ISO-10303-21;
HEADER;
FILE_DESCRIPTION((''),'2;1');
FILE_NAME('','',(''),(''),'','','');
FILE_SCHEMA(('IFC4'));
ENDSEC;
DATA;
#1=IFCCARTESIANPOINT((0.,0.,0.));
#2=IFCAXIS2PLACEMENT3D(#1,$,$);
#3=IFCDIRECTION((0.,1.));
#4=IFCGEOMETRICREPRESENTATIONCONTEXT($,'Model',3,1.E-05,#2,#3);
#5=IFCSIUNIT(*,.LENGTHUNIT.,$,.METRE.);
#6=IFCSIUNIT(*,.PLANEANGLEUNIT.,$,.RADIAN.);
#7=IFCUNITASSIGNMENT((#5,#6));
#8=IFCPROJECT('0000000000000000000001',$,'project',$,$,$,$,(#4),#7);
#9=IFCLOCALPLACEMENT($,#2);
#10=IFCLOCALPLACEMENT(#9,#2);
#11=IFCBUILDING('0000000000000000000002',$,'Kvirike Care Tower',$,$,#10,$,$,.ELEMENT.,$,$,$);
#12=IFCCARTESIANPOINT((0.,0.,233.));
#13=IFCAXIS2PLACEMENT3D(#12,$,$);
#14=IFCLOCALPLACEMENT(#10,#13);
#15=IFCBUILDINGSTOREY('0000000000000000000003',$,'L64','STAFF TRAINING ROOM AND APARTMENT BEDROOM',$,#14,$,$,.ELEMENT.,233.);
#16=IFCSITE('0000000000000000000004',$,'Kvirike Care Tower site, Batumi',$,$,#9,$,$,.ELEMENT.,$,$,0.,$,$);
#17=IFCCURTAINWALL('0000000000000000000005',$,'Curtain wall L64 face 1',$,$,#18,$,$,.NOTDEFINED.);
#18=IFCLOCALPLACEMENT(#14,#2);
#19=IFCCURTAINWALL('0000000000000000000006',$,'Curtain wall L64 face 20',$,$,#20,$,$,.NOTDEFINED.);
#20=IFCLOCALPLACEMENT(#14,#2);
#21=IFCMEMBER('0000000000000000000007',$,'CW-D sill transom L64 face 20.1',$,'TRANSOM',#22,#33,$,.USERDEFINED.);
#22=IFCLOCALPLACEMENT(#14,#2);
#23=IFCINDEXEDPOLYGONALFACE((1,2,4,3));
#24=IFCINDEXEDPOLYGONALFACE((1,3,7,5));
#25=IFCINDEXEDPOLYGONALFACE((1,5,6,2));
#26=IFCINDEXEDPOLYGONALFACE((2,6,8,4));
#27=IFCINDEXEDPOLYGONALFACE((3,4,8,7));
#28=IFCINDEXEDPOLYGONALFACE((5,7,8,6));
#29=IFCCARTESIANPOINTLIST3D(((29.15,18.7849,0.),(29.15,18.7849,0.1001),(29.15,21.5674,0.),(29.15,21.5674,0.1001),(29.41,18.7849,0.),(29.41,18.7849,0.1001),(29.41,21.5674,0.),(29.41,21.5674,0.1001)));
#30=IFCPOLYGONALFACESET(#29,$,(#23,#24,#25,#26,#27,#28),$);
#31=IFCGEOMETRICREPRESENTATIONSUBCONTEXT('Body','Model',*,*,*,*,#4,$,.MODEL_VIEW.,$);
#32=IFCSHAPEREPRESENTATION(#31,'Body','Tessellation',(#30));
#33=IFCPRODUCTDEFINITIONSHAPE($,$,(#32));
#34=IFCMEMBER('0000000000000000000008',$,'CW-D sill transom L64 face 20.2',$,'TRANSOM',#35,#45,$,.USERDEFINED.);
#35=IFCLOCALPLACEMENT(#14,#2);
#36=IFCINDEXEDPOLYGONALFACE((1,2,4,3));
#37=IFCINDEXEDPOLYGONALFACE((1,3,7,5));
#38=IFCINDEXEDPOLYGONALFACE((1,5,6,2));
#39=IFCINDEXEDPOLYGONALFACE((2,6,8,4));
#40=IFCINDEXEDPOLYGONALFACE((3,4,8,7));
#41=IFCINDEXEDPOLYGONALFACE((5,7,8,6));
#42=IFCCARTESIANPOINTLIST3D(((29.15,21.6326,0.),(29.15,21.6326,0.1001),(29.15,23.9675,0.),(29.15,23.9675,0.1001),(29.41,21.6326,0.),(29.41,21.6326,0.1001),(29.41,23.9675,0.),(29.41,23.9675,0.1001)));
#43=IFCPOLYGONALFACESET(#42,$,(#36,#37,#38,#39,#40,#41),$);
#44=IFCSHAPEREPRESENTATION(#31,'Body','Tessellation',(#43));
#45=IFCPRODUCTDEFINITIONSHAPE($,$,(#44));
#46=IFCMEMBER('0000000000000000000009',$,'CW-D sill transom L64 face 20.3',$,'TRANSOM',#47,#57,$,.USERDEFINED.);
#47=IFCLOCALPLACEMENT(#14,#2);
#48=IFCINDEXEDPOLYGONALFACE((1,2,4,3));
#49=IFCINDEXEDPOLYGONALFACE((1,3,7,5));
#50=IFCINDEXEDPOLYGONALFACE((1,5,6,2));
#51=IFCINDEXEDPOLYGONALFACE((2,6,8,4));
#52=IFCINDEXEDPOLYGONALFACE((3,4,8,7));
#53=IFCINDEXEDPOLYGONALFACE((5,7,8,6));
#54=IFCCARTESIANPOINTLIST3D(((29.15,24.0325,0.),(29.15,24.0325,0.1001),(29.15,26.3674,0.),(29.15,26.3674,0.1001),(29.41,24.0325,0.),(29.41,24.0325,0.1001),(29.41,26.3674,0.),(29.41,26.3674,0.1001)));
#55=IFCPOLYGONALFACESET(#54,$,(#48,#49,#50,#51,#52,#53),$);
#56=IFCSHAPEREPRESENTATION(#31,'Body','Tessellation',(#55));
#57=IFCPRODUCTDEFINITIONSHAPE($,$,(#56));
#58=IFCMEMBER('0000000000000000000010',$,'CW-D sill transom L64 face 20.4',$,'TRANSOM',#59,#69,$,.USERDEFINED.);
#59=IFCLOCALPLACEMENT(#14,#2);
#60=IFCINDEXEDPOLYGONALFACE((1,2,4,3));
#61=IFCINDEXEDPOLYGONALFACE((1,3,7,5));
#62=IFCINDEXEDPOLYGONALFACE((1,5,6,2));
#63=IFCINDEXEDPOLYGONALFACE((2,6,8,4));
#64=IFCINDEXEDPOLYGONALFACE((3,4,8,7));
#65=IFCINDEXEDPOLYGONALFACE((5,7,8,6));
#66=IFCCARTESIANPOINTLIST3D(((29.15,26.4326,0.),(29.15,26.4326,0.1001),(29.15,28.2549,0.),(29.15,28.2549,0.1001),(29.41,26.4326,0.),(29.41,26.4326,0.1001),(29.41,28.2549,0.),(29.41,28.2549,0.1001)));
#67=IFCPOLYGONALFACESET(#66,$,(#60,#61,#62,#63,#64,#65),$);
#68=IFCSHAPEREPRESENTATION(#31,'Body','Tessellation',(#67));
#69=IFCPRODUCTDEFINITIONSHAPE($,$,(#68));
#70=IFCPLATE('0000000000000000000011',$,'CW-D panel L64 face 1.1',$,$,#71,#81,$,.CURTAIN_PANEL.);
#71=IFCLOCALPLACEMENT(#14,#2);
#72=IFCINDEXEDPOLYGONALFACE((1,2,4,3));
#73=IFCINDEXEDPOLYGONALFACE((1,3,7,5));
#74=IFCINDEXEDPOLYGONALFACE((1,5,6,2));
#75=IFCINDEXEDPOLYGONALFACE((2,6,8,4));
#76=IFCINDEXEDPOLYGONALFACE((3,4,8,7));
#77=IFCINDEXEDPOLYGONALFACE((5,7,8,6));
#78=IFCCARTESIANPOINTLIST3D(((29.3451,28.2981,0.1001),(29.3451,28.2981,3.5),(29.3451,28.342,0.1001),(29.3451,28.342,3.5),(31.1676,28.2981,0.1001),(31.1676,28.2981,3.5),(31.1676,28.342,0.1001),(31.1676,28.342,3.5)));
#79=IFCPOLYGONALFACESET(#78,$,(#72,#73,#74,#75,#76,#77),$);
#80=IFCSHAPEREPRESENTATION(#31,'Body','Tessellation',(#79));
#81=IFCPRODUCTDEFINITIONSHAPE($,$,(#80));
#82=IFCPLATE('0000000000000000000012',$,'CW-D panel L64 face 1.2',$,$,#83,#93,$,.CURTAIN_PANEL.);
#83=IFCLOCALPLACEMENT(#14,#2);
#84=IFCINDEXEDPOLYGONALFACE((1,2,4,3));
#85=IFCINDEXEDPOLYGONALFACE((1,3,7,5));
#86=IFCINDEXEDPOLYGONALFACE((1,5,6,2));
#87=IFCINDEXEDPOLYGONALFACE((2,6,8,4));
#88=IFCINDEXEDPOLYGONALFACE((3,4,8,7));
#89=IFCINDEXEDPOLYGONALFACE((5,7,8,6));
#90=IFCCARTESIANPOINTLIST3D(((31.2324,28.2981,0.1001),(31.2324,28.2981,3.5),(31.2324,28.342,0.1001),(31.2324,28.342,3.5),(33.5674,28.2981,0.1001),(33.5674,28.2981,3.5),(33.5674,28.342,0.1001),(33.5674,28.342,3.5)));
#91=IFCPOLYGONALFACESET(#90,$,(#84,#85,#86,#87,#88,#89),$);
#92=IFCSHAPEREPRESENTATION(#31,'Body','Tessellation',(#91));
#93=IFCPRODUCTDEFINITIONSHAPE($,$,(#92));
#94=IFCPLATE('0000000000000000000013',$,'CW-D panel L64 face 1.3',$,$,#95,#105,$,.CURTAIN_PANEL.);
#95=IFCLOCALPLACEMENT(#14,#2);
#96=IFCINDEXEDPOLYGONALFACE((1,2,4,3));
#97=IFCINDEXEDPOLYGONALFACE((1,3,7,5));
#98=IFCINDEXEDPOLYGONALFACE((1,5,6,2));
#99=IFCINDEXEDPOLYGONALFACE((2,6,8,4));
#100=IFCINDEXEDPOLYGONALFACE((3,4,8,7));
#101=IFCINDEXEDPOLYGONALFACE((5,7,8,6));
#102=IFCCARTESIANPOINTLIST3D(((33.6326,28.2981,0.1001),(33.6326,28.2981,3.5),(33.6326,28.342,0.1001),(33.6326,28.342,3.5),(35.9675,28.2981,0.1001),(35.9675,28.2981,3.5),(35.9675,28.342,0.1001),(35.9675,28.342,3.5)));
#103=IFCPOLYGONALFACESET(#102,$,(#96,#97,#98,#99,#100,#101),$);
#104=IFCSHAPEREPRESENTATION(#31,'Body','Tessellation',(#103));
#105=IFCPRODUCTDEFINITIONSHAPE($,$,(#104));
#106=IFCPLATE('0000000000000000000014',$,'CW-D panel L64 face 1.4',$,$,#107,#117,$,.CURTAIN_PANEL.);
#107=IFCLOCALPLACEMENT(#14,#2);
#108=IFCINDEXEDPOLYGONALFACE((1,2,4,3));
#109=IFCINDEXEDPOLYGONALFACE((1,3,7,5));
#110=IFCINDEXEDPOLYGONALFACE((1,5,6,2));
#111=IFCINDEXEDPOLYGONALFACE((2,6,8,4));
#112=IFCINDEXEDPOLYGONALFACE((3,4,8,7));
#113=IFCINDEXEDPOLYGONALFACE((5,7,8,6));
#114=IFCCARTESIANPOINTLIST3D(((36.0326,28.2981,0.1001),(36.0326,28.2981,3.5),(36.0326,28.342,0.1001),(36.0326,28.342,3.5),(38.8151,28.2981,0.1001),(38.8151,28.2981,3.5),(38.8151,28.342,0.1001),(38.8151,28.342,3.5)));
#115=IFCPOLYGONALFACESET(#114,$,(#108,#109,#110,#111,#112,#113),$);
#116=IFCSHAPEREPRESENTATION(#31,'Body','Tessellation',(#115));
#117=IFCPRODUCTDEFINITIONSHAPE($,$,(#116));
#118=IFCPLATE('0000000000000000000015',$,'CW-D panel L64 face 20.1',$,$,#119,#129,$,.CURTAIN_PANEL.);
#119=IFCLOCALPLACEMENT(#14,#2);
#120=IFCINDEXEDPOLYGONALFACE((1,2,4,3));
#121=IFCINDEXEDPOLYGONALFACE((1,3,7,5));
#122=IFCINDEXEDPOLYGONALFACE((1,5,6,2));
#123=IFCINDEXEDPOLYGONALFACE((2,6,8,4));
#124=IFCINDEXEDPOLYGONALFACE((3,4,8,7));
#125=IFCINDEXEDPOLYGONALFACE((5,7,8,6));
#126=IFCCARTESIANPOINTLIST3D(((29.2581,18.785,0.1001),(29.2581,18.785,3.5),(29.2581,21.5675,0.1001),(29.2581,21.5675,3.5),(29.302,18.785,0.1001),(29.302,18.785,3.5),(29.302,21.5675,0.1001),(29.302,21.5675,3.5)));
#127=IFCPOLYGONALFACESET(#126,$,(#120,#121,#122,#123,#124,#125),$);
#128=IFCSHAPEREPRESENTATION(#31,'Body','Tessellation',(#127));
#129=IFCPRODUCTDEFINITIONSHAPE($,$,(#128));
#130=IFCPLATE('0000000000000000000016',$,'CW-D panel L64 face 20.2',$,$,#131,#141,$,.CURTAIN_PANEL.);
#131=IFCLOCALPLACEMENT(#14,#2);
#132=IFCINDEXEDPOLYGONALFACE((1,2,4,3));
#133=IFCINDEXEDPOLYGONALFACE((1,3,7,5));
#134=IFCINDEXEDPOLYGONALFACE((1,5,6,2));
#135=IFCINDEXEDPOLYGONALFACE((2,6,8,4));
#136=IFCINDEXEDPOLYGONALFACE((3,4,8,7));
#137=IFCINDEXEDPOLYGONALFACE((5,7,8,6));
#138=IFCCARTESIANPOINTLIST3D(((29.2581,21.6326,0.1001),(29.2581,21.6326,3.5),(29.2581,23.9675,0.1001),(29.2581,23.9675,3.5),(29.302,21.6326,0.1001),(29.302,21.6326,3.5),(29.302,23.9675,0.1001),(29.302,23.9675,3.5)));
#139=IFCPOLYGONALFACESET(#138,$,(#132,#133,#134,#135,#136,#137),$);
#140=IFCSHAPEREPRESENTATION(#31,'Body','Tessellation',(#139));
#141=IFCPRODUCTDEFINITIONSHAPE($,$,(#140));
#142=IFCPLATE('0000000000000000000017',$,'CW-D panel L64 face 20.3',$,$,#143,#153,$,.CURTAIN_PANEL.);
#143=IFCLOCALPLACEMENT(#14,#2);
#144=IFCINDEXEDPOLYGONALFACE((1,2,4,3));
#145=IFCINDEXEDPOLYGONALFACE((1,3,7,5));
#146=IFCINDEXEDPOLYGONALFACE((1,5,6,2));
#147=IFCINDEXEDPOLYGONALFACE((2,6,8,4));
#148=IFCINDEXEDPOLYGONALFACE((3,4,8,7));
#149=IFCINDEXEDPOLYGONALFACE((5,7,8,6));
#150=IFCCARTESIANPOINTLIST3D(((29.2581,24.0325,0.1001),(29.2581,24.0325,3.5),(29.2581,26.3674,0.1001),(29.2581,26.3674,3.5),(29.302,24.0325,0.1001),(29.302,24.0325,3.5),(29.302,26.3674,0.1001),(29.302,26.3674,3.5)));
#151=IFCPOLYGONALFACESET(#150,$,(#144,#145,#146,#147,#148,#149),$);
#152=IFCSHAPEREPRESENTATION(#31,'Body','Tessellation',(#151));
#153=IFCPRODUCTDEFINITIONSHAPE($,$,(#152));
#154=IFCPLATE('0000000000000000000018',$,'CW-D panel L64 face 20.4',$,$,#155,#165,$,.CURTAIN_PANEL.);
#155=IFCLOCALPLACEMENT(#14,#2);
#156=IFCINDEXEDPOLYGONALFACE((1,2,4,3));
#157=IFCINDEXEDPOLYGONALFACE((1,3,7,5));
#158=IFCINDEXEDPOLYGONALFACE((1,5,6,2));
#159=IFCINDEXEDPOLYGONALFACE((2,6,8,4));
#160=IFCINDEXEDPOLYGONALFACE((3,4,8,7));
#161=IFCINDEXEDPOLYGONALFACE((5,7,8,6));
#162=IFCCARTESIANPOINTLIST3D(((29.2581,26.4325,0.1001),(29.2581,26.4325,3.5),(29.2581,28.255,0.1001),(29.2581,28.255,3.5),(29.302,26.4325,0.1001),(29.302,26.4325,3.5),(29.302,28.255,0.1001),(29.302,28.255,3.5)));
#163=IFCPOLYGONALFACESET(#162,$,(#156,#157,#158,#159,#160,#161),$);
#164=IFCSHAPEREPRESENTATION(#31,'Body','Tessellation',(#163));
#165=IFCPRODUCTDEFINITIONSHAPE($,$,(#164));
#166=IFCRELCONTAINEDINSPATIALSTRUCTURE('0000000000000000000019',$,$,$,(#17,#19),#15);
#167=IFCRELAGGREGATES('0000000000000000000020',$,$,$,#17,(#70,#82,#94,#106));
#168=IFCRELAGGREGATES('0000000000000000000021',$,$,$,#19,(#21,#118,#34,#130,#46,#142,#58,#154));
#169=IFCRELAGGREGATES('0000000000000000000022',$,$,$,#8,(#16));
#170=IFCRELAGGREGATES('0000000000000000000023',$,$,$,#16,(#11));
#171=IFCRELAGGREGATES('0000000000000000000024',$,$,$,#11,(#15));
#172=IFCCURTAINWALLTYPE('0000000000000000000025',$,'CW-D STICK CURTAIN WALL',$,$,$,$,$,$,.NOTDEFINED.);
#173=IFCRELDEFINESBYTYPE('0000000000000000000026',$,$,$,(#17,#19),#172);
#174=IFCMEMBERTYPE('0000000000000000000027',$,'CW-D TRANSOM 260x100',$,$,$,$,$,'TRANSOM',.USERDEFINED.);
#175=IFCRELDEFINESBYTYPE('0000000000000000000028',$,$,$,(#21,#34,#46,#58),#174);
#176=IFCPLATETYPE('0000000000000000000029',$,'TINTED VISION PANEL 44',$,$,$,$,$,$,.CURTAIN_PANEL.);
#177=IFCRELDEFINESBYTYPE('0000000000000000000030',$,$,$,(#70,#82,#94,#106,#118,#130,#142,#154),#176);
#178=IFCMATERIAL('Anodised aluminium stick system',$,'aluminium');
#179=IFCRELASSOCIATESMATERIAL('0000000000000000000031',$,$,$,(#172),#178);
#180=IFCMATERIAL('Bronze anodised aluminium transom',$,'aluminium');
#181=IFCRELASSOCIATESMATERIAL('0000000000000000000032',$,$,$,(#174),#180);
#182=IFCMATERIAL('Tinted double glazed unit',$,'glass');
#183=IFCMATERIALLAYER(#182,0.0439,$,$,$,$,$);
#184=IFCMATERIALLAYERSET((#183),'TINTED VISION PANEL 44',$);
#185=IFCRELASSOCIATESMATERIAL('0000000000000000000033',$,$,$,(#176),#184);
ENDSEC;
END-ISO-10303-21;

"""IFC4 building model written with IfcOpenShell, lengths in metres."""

from ifc_helpers import new_model, si_unit, direction, frame, origin, origin_2d, place, context, subcontext, project, spatial, rectangle, extrude, material, layer, layer_set, material_profile, profile_set, type_object, element, aggregate, save


model = new_model("IFC4")

# Units and contexts
model_context = context("Model", 3, precision=1e-05, world=origin(), true_north=direction((0.0, 1.0)))
body_context = subcontext(model_context, "Body", "Model", "MODEL_VIEW")
ifc_project = project(units=[si_unit("LENGTHUNIT", "METRE"), si_unit("PLANEANGLEUNIT", "RADIAN")], contexts=[model_context])

# Site, building, storey
site_placement = place(None, origin())
site = spatial("IfcSite", under=ifc_project, at=site_placement, Name="Kvirike Care Tower site, Batumi", CompositionType="ELEMENT", RefElevation=0.0)
building_placement = place(site_placement, origin())
building = spatial("IfcBuilding", under=site, at=building_placement, Name="Kvirike Care Tower", CompositionType="ELEMENT")
storey_placement = place(building_placement, frame((0.0, 0.0, 233.0)))
storey = spatial("IfcBuildingStorey", under=building, at=storey_placement, Name="L64", Description="STAFF TRAINING ROOM AND APARTMENT BEDROOM", CompositionType="ELEMENT", Elevation=233.0)

# Curtain walls
ifc_material_1 = material(Name="Anodised aluminium stick system", Category="aluminium")
curtain_wall_type = type_object("IfcCurtainWallType", Name="CW-D STICK CURTAIN WALL", PredefinedType="NOTDEFINED", material=ifc_material_1)
curtain_wall_1_placement = place(storey_placement, origin())
curtain_wall_1 = element("IfcCurtainWall", 1, at=curtain_wall_1_placement, inside=storey, type_object=curtain_wall_type, Name="Curtain wall L64 face 1", PredefinedType="NOTDEFINED")
curtain_wall_2_placement = place(storey_placement, origin())
curtain_wall_2 = element("IfcCurtainWall", 2, at=curtain_wall_2_placement, inside=storey, type_object=curtain_wall_type, Name="Curtain wall L64 face 20", PredefinedType="NOTDEFINED")

# Members
ifc_material_2 = material(Name="Bronze anodised aluminium transom", Category="aluminium")
ifc_material_profile_1 = material_profile(ifc_material_2, rectangle(XDim=0.26, YDim=0.1001, at=origin_2d()), Name="CW-D TRANSOM 260x100")
ifc_profile_set_1 = profile_set([ifc_material_profile_1], Name="Bronze anodised aluminium transom")
member_type_1 = type_object("IfcMemberType", Name="CW-D TRANSOM 260x100", ElementType="TRANSOM", PredefinedType="USERDEFINED", material=ifc_profile_set_1)
member_1_placement = place(storey_placement, frame((29.28, 18.7849, 0.05), z_axis=(0.0, 1.0, 0.0), x_axis=(-1.0, 0.0, 0.0)))
member_1 = element("IfcMember", 3, at=member_1_placement, type_object=member_type_1, Name="CW-D sill transom L64 face 20.1", ObjectType="TRANSOM", PredefinedType="USERDEFINED", context=body_context, shape_type="SweptSolid", body=[
    extrude(rectangle(XDim=0.26, YDim=0.1001, at=origin_2d()), origin(), (0.0, 0.0, 1.0), 2.7825),
])
member_2_placement = place(storey_placement, frame((29.28, 21.6326, 0.05), z_axis=(0.0, 1.0, 0.0), x_axis=(-1.0, 0.0, 0.0)))
member_2 = element("IfcMember", 4, at=member_2_placement, type_object=member_type_1, Name="CW-D sill transom L64 face 20.2", ObjectType="TRANSOM", PredefinedType="USERDEFINED", context=body_context, shape_type="SweptSolid", body=[
    extrude(rectangle(XDim=0.26, YDim=0.1001, at=origin_2d()), origin(), (0.0, 0.0, 1.0), 2.335),
])
member_3_placement = place(storey_placement, frame((29.28, 24.0325, 0.05), z_axis=(0.0, 1.0, 0.0), x_axis=(-1.0, 0.0, 0.0)))
member_3 = element("IfcMember", 5, at=member_3_placement, type_object=member_type_1, Name="CW-D sill transom L64 face 20.3", ObjectType="TRANSOM", PredefinedType="USERDEFINED", context=body_context, shape_type="SweptSolid", body=[
    extrude(rectangle(XDim=0.26, YDim=0.1001, at=origin_2d()), origin(), (0.0, 0.0, 1.0), 2.335),
])
member_4_placement = place(storey_placement, frame((29.28, 26.4326, 0.05), z_axis=(0.0, 1.0, 0.0), x_axis=(-1.0, 0.0, 0.0)))
member_4 = element("IfcMember", 6, at=member_4_placement, type_object=member_type_1, Name="CW-D sill transom L64 face 20.4", ObjectType="TRANSOM", PredefinedType="USERDEFINED", context=body_context, shape_type="SweptSolid", body=[
    extrude(rectangle(XDim=0.26, YDim=0.1001, at=origin_2d()), origin(), (0.0, 0.0, 1.0), 1.8223),
])

# Plates
ifc_material_3 = material(Name="Tinted double glazed unit", Category="glass")
ifc_layer = layer(ifc_material_3, 0.0439)
ifc_layer_set = layer_set([ifc_layer], Name="TINTED VISION PANEL 44")
plate_type = type_object("IfcPlateType", Name="TINTED VISION PANEL 44", PredefinedType="CURTAIN_PANEL", material=ifc_layer_set)
plate_1_placement = place(storey_placement, frame((30.2563, 28.3201, 0.1001), z_axis=(0.0, 0.0, 1.0), x_axis=(1.0, 0.0, 0.0)))
plate_1 = element("IfcPlate", 7, at=plate_1_placement, type_object=plate_type, Name="CW-D panel L64 face 1.1", PredefinedType="CURTAIN_PANEL", context=body_context, shape_type="SweptSolid", body=[
    extrude(rectangle(XDim=1.8225, YDim=0.0439, at=origin_2d()), origin(), (0.0, 0.0, 1.0), 3.3999),
])
plate_2_placement = place(storey_placement, frame((32.3999, 28.3201, 0.1001), z_axis=(0.0, 0.0, 1.0), x_axis=(1.0, 0.0, 0.0)))
plate_2 = element("IfcPlate", 8, at=plate_2_placement, type_object=plate_type, Name="CW-D panel L64 face 1.2", PredefinedType="CURTAIN_PANEL", context=body_context, shape_type="SweptSolid", body=[
    extrude(rectangle(XDim=2.335, YDim=0.0439, at=origin_2d()), origin(), (0.0, 0.0, 1.0), 3.3999),
])
plate_3_placement = place(storey_placement, frame((34.8, 28.3201, 0.1001), z_axis=(0.0, 0.0, 1.0), x_axis=(1.0, 0.0, 0.0)))
plate_3 = element("IfcPlate", 9, at=plate_3_placement, type_object=plate_type, Name="CW-D panel L64 face 1.3", PredefinedType="CURTAIN_PANEL", context=body_context, shape_type="SweptSolid", body=[
    extrude(rectangle(XDim=2.335, YDim=0.0439, at=origin_2d()), origin(), (0.0, 0.0, 1.0), 3.3999),
])
plate_4_placement = place(storey_placement, frame((37.4238, 28.3201, 0.1001), z_axis=(0.0, 0.0, 1.0), x_axis=(1.0, 0.0, 0.0)))
plate_4 = element("IfcPlate", 10, at=plate_4_placement, type_object=plate_type, Name="CW-D panel L64 face 1.4", PredefinedType="CURTAIN_PANEL", context=body_context, shape_type="SweptSolid", body=[
    extrude(rectangle(XDim=2.7825, YDim=0.0439, at=origin_2d()), origin(), (0.0, 0.0, 1.0), 3.3999),
])
aggregate(curtain_wall_1, [plate_1, plate_2, plate_3, plate_4])
plate_5_placement = place(storey_placement, frame((29.28, 20.1763, 0.1001), z_axis=(0.0, 0.0, 1.0), x_axis=(0.0, 1.0, 0.0)))
plate_5 = element("IfcPlate", 11, at=plate_5_placement, type_object=plate_type, Name="CW-D panel L64 face 20.1", PredefinedType="CURTAIN_PANEL", context=body_context, shape_type="SweptSolid", body=[
    extrude(rectangle(XDim=2.7825, YDim=0.0439, at=origin_2d()), origin(), (0.0, 0.0, 1.0), 3.3999),
])
plate_6_placement = place(storey_placement, frame((29.28, 22.8, 0.1001), z_axis=(0.0, 0.0, 1.0), x_axis=(0.0, 1.0, 0.0)))
plate_6 = element("IfcPlate", 12, at=plate_6_placement, type_object=plate_type, Name="CW-D panel L64 face 20.2", PredefinedType="CURTAIN_PANEL", context=body_context, shape_type="SweptSolid", body=[
    extrude(rectangle(XDim=2.335, YDim=0.0439, at=origin_2d()), origin(), (0.0, 0.0, 1.0), 3.3999),
])
plate_7_placement = place(storey_placement, frame((29.28, 25.2, 0.1001), z_axis=(0.0, 0.0, 1.0), x_axis=(0.0, 1.0, 0.0)))
plate_7 = element("IfcPlate", 13, at=plate_7_placement, type_object=plate_type, Name="CW-D panel L64 face 20.3", PredefinedType="CURTAIN_PANEL", context=body_context, shape_type="SweptSolid", body=[
    extrude(rectangle(XDim=2.335, YDim=0.0439, at=origin_2d()), origin(), (0.0, 0.0, 1.0), 3.3999),
])
plate_8_placement = place(storey_placement, frame((29.28, 27.3438, 0.1001), z_axis=(0.0, 0.0, 1.0), x_axis=(0.0, 1.0, 0.0)))
plate_8 = element("IfcPlate", 14, at=plate_8_placement, type_object=plate_type, Name="CW-D panel L64 face 20.4", PredefinedType="CURTAIN_PANEL", context=body_context, shape_type="SweptSolid", body=[
    extrude(rectangle(XDim=1.8225, YDim=0.0439, at=origin_2d()), origin(), (0.0, 0.0, 1.0), 3.3999),
])
aggregate(curtain_wall_2, [member_1, plate_5, member_2, plate_6, member_3, plate_7, member_4, plate_8])

save(model, "model.ifc")
